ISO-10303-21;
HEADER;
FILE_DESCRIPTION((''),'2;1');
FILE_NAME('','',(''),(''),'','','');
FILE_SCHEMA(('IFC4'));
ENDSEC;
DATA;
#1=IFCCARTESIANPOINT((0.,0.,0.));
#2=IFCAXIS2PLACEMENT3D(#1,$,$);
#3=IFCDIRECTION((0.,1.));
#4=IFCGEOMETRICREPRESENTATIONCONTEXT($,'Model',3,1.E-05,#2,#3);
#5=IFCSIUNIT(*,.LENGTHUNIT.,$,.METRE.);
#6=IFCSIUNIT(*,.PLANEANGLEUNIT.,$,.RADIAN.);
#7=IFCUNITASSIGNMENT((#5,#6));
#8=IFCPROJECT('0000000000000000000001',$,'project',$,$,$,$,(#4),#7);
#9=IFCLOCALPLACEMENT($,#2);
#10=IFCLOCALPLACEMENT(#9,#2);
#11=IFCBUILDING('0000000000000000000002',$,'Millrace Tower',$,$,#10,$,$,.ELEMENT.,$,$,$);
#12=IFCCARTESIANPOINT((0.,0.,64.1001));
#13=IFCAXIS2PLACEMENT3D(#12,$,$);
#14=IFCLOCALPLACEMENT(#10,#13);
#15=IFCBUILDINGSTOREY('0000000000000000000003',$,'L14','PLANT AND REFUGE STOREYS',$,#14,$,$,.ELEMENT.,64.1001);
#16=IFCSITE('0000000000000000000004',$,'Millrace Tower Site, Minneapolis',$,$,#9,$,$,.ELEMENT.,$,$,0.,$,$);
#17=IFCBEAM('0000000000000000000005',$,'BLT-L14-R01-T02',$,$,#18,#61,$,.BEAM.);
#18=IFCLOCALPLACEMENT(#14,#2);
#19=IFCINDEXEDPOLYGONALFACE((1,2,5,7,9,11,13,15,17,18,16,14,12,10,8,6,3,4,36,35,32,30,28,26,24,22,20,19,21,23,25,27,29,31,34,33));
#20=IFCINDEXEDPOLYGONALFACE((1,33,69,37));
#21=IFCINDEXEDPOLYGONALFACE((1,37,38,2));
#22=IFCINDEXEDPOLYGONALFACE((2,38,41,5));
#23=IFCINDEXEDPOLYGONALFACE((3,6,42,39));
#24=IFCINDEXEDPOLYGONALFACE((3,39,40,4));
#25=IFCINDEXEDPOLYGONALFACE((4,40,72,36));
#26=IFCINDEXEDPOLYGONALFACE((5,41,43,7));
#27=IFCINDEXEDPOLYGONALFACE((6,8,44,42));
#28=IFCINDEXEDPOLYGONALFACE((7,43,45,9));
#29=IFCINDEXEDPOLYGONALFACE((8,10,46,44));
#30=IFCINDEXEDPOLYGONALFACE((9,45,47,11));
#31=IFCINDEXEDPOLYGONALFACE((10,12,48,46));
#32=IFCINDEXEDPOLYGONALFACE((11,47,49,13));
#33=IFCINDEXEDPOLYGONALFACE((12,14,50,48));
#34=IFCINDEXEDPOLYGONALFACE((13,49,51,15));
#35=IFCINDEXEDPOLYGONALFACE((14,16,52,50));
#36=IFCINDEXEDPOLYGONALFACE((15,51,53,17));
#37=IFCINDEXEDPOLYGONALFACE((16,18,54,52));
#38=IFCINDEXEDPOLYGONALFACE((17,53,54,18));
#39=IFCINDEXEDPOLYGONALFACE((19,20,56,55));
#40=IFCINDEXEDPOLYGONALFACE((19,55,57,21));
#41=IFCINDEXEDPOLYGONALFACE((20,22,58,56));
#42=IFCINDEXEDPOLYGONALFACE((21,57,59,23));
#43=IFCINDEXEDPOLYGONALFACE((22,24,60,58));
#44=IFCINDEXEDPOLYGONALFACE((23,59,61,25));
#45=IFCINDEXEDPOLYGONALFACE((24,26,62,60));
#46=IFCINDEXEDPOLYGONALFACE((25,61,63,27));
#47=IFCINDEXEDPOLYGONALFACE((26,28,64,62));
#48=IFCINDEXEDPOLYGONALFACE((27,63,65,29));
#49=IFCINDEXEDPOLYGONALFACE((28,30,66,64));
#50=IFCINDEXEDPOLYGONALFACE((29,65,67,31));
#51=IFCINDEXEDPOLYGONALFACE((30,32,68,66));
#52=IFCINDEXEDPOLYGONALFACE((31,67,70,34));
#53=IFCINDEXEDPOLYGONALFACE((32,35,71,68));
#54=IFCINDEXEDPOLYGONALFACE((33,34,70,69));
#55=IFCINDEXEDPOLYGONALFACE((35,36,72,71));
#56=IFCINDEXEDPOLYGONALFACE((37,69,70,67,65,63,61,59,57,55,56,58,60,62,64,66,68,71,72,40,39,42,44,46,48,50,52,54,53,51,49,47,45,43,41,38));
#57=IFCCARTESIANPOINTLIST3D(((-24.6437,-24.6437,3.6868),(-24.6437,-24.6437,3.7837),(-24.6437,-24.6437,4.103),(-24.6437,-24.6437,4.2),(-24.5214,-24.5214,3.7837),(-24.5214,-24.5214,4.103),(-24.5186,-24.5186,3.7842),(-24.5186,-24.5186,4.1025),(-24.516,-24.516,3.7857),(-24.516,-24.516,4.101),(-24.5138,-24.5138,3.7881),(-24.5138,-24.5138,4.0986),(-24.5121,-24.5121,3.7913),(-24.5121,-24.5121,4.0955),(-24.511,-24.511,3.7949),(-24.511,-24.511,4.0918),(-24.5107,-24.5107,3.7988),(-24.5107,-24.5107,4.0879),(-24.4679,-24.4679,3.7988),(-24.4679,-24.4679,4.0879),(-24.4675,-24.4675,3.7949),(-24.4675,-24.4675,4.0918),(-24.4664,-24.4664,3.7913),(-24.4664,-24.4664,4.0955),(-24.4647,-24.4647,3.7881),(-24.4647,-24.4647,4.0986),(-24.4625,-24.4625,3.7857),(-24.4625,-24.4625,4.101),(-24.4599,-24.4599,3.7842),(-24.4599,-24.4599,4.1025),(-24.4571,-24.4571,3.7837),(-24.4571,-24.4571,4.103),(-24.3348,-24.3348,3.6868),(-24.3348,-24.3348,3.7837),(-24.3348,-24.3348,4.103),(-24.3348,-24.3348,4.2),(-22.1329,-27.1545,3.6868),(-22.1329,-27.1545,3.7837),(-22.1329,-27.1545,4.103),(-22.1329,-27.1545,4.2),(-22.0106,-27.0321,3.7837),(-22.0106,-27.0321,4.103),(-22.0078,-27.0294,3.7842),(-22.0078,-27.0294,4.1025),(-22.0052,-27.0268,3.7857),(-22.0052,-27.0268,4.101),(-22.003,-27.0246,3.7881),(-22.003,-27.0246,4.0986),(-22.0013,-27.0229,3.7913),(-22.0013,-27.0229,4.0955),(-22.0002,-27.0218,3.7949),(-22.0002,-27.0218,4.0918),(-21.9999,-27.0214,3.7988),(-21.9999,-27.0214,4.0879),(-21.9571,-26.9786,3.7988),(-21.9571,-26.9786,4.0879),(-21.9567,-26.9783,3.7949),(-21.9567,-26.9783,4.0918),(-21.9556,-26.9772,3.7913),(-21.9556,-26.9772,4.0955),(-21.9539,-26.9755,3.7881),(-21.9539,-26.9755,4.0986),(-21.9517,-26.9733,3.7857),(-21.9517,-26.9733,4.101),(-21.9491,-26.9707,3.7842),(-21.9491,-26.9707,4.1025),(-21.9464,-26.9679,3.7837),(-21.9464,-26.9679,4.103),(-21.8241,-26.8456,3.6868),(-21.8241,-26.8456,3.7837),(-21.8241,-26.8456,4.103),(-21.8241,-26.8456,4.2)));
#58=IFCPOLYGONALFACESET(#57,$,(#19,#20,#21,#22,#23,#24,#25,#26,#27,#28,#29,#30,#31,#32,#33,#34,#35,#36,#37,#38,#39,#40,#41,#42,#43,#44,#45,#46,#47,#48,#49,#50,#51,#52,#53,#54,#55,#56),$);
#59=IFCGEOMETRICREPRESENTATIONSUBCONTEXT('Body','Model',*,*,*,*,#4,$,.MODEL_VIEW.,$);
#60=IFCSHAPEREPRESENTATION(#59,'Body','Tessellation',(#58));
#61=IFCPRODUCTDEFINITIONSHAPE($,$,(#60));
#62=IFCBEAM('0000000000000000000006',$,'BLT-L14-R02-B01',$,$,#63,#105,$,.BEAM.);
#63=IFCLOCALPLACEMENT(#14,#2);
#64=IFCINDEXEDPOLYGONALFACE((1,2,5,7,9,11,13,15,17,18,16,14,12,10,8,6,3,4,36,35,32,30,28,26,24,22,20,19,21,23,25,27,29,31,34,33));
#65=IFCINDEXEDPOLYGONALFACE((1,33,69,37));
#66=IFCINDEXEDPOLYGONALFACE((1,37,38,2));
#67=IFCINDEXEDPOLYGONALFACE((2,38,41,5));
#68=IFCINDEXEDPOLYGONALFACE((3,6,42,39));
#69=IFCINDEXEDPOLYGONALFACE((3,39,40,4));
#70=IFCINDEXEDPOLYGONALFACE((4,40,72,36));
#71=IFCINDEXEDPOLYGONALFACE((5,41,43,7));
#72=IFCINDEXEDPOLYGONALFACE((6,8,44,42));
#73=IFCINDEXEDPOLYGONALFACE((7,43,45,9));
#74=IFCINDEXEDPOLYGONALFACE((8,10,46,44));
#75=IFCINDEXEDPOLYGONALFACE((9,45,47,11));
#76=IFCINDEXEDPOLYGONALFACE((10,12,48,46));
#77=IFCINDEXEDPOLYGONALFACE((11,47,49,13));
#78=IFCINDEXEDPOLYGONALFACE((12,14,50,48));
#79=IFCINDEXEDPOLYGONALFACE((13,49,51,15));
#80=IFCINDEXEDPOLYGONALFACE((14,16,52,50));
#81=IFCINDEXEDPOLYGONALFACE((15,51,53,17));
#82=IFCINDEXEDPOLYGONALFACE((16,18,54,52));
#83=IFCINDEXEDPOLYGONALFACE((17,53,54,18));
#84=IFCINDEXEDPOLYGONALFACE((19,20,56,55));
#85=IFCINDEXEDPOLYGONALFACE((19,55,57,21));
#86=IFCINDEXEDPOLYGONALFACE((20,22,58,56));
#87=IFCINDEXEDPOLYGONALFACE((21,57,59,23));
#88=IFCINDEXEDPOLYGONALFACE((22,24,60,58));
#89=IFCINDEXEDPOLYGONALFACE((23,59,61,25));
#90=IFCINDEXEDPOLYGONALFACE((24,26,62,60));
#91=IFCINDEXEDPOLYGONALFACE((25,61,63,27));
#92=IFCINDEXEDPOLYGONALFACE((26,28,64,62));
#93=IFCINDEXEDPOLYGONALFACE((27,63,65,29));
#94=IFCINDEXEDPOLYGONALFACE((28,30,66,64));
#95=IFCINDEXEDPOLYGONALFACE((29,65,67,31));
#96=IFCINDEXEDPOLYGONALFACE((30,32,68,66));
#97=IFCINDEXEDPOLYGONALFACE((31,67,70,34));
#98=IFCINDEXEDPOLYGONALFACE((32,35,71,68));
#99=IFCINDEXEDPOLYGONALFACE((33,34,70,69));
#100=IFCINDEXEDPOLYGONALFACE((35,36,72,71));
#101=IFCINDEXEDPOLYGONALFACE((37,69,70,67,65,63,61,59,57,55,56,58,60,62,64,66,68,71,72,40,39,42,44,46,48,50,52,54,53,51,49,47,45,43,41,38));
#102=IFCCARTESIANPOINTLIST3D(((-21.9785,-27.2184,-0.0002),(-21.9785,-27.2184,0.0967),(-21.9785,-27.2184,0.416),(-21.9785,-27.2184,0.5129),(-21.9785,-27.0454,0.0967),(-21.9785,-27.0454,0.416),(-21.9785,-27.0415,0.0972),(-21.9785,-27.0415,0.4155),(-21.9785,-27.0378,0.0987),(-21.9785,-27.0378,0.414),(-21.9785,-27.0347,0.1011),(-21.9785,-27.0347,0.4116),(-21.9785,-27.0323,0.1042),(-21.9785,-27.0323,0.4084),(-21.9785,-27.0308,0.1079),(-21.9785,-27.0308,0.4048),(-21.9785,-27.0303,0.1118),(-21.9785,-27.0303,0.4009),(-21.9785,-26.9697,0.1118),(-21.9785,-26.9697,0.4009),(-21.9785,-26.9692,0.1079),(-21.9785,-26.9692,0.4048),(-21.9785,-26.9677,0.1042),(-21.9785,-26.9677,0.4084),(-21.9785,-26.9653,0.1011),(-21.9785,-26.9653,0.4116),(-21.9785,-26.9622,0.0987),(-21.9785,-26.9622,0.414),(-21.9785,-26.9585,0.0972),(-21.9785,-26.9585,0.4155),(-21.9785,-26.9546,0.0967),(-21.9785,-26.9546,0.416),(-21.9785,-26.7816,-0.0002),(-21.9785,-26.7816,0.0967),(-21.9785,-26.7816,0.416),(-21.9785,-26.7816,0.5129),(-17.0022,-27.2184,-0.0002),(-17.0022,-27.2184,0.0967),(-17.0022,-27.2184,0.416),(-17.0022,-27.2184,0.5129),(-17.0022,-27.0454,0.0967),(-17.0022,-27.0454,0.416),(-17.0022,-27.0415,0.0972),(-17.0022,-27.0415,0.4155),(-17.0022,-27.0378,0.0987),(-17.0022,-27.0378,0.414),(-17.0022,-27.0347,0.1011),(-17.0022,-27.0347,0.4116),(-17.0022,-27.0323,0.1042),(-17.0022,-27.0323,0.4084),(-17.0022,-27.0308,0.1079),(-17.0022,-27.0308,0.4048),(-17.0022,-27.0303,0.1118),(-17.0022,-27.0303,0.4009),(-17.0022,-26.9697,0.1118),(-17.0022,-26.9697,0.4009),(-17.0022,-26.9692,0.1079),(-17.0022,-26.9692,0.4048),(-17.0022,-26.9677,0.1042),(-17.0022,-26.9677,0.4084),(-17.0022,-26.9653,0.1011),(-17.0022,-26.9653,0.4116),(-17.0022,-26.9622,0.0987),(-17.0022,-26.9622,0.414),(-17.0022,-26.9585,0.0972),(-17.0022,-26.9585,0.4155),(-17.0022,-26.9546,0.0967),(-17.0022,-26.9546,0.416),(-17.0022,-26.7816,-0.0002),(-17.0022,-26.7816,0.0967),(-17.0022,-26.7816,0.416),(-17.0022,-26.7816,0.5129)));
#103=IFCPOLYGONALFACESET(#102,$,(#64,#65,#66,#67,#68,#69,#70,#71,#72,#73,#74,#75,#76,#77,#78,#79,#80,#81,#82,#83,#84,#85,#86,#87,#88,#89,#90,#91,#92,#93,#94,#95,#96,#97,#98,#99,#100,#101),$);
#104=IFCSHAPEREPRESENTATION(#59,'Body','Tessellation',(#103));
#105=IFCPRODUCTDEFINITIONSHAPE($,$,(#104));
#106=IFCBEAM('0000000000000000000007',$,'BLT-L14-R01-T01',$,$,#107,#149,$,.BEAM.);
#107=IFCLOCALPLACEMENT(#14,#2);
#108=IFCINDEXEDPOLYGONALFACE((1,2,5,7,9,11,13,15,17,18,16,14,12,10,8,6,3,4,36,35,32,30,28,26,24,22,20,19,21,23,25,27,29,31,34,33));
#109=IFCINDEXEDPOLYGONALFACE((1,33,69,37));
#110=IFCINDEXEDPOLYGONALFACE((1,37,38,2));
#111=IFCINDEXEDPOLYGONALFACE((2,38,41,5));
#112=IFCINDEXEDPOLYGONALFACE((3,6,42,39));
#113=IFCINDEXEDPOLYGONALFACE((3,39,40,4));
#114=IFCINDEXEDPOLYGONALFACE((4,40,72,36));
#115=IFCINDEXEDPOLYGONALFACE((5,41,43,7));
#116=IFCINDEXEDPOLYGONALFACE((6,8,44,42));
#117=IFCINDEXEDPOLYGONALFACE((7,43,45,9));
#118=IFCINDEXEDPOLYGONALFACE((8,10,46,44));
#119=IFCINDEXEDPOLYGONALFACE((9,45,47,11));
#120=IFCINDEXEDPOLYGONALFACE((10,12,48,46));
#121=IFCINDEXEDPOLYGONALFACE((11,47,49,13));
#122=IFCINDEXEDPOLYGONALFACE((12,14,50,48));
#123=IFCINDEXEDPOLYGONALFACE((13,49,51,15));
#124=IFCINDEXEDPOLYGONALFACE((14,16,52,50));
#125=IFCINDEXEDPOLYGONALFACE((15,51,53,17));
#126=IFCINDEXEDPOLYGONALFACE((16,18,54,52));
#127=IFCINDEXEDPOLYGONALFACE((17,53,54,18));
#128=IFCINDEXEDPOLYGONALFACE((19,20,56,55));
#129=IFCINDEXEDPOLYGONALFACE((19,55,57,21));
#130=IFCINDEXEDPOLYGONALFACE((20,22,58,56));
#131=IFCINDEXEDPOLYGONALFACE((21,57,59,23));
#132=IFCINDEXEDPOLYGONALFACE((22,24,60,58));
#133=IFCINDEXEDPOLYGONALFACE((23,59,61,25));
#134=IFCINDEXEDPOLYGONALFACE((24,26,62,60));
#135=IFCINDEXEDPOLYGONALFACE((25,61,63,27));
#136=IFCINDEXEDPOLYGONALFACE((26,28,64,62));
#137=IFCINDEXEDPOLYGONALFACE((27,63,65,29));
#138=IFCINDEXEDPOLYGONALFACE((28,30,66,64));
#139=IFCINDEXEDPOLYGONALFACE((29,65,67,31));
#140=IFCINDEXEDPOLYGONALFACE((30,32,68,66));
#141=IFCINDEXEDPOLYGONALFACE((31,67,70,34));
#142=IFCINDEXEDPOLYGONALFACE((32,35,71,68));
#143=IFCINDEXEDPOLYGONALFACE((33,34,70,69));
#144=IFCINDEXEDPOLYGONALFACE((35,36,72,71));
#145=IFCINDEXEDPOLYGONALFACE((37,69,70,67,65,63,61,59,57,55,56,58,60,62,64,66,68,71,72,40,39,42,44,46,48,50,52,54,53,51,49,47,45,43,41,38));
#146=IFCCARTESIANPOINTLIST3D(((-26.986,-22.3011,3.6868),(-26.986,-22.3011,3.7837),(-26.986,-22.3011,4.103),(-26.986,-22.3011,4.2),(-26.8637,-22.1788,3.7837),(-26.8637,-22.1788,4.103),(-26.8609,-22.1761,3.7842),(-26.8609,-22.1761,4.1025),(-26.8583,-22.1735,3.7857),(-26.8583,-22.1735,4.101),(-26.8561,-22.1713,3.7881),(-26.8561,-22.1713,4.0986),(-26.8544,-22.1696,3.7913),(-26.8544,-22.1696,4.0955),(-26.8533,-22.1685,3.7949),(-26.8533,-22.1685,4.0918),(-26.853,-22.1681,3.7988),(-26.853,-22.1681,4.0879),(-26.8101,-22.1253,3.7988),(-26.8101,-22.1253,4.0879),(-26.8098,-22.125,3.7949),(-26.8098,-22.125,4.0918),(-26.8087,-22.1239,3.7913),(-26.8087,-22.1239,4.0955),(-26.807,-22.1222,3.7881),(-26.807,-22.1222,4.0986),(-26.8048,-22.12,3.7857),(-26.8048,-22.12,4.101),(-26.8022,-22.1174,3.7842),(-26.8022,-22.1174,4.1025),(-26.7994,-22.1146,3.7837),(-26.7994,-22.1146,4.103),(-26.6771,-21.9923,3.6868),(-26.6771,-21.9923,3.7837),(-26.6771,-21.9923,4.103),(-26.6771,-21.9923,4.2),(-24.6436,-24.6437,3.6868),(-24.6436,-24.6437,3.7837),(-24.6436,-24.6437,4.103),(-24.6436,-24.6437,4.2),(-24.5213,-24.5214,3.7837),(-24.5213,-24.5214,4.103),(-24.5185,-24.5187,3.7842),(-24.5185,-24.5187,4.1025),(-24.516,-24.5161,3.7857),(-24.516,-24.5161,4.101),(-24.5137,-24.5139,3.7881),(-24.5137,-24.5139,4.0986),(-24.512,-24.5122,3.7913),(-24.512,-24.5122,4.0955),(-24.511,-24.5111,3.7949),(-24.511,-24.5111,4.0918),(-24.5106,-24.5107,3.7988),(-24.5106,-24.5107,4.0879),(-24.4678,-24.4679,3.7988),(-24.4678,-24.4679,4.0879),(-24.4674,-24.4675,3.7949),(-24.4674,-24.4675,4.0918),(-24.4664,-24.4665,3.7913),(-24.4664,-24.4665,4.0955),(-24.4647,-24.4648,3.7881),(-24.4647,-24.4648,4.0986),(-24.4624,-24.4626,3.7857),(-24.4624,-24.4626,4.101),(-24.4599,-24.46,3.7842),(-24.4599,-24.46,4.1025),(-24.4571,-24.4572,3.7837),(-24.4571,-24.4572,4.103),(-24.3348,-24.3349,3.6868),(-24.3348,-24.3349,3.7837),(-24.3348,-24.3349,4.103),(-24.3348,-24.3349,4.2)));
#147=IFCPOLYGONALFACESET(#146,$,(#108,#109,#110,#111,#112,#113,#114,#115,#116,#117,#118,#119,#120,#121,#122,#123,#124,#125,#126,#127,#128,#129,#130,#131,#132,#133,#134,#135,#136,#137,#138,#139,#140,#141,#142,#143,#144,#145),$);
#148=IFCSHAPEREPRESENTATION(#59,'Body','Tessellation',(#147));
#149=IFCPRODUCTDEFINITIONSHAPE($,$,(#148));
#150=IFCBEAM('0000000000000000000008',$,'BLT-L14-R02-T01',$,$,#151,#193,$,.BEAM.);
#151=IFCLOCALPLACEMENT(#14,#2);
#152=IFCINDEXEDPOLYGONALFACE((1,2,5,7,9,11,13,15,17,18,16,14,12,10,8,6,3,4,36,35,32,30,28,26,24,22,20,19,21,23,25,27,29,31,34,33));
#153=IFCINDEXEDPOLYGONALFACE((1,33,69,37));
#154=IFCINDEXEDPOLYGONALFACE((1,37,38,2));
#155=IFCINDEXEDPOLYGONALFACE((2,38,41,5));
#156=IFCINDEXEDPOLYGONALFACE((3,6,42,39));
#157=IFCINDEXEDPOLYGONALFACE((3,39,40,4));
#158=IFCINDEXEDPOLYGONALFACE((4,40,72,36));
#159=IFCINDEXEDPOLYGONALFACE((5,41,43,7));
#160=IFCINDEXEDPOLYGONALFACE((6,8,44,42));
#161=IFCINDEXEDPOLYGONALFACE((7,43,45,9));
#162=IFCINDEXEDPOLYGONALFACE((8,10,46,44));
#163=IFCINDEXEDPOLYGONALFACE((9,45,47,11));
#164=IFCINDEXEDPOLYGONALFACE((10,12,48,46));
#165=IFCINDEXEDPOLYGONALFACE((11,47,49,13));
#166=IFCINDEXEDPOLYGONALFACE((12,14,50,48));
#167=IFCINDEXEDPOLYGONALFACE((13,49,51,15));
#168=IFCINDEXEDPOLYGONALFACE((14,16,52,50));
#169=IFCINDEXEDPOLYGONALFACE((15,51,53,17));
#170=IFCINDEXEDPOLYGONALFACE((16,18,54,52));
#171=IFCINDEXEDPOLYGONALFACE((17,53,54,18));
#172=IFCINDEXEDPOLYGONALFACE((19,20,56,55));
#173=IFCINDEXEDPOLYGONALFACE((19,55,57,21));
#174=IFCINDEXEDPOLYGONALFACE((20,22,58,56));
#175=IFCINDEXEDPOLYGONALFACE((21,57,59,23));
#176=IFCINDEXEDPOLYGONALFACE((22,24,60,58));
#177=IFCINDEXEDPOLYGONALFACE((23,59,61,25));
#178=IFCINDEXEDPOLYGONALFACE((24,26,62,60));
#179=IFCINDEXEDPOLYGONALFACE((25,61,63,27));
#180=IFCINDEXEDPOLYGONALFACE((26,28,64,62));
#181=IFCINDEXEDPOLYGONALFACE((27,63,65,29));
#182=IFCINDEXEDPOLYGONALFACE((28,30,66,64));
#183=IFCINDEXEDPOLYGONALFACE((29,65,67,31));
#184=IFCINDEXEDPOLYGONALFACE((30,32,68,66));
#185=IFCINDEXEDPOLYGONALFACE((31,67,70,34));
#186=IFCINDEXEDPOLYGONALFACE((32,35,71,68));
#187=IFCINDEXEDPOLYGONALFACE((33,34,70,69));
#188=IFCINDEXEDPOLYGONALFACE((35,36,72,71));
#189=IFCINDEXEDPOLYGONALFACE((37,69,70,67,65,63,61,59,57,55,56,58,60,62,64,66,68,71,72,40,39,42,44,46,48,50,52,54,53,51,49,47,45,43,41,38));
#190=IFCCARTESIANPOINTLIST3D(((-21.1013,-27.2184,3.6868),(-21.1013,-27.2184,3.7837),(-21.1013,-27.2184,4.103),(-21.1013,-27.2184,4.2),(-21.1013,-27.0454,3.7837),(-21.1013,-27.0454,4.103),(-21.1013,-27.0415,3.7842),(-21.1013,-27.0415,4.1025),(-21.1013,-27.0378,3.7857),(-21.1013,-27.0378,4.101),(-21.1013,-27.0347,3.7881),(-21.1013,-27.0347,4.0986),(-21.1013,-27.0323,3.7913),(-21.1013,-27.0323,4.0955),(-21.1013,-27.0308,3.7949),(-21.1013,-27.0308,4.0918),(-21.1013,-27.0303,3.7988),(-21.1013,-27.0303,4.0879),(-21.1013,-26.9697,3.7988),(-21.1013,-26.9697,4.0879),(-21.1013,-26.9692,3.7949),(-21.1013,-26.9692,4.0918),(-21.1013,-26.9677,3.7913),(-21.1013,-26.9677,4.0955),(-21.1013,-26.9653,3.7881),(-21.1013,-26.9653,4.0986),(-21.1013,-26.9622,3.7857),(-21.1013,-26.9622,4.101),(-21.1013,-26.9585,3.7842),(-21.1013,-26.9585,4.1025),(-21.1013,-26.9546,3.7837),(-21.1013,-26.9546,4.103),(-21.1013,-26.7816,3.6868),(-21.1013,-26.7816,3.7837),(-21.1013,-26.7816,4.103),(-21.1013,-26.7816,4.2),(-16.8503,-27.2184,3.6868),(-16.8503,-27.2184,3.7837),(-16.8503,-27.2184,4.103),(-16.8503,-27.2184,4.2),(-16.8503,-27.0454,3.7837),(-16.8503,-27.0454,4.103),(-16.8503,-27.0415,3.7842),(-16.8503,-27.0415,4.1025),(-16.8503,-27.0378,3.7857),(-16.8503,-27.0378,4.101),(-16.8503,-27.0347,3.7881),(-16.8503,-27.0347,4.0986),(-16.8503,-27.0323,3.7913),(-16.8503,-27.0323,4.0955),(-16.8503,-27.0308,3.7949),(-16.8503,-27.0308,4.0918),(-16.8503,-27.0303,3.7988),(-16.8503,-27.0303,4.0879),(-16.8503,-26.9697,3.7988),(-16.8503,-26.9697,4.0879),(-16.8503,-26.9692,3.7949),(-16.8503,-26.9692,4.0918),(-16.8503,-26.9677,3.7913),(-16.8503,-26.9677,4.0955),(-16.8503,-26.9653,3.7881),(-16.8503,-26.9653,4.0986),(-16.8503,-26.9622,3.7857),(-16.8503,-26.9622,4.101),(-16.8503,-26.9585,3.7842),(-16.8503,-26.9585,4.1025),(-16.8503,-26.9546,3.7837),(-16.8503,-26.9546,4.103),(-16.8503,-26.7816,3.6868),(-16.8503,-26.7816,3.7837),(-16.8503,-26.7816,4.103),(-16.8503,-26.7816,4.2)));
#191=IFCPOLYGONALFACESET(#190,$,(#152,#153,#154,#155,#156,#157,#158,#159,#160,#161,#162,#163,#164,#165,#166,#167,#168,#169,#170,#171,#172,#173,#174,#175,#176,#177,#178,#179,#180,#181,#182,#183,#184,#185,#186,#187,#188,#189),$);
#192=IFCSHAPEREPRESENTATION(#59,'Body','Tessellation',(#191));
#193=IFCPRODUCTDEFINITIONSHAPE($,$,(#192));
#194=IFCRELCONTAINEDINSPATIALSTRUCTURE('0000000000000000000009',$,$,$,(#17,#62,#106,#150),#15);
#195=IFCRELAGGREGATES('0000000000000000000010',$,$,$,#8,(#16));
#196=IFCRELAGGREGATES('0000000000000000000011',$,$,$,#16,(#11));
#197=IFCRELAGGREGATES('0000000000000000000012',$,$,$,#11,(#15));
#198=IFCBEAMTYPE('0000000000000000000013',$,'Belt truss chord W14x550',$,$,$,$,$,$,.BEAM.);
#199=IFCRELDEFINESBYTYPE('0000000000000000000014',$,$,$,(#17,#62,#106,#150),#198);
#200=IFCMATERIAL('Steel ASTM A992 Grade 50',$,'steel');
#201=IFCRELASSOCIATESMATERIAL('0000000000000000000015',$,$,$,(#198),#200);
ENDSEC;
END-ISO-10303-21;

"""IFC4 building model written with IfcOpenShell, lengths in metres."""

from ifc_helpers import new_model, si_unit, direction, frame, origin, origin_2d, place, context, subcontext, project, spatial, i_section, extrude, material, material_profile, profile_set, type_object, element, save


model = new_model("IFC4")

# Units and contexts
model_context = context("Model", 3, precision=1e-05, world=origin(), true_north=direction((0.0, 1.0)))
body_context = subcontext(model_context, "Body", "Model", "MODEL_VIEW")
ifc_project = project(units=[si_unit("LENGTHUNIT", "METRE"), si_unit("PLANEANGLEUNIT", "RADIAN")], contexts=[model_context])

# Site, building, storey
site_placement = place(None, origin())
site = spatial("IfcSite", under=ifc_project, at=site_placement, Name="Millrace Tower Site, Minneapolis", CompositionType="ELEMENT", RefElevation=0.0)
building_placement = place(site_placement, origin())
building = spatial("IfcBuilding", under=site, at=building_placement, Name="Millrace Tower", CompositionType="ELEMENT")
storey_placement = place(building_placement, frame((0.0, 0.0, 64.1001)))
storey = spatial("IfcBuildingStorey", under=building, at=storey_placement, Name="L14", Description="PLANT AND REFUGE STOREYS", CompositionType="ELEMENT", Elevation=64.1001)

# Beams
ifc_material_1 = material(Name="Steel ASTM A992 Grade 50", Category="steel")
ifc_material_profile_1 = material_profile(ifc_material_1, i_section(OverallWidth=0.4368, OverallDepth=0.5132, WebThickness=0.0605, FlangeThickness=0.0969, FilletRadius=0.0151, at=origin_2d()))
ifc_profile_set_1 = profile_set([ifc_material_profile_1], Name="Steel ASTM A992 Grade 50")
beam_type_1 = type_object("IfcBeamType", Name="Belt truss chord W14x550", PredefinedType="BEAM", material=ifc_profile_set_1)
for number, where, z_axis, x_axis, name in (
    (1, (-24.4893, -24.4893, 3.9434), (0.707107, -0.707107, 0.0), (0.707107, 0.707107, 0.0), "BLT-L14-R01-T02"),
):
    element("IfcBeam", number, at=place(storey_placement, frame(where, z_axis=z_axis, x_axis=x_axis)), inside=storey, type_object=beam_type_1, Name=name, PredefinedType="BEAM", context=body_context, shape_type="SweptSolid", body=[
        extrude(i_section(OverallWidth=0.4368, OverallDepth=0.5132, WebThickness=0.0605, FlangeThickness=0.0969, FilletRadius=0.0151, at=origin_2d()), origin(), (0.0, 0.0, 1.0), 3.5508),
    ])
beam_1_placement = place(storey_placement, frame((-21.9785, -27.0, 0.2563), z_axis=(1.0, 0.0, 0.0), x_axis=(0.0, 1.0, 0.0)))
element("IfcBeam", 2, at=beam_1_placement, inside=storey, type_object=beam_type_1, Name="BLT-L14-R02-B01", PredefinedType="BEAM", context=body_context, shape_type="SweptSolid", body=[
    extrude(i_section(OverallWidth=0.4368, OverallDepth=0.5132, WebThickness=0.0605, FlangeThickness=0.0969, FilletRadius=0.0151, at=origin_2d()), origin(), (0.0, 0.0, 1.0), 4.9763),
])
beam_2_placement = place(storey_placement, frame((-26.8315, -22.1467, 3.9434), z_axis=(0.70707, -0.707144, 0.0), x_axis=(0.707144, 0.70707, 0.0)))
element("IfcBeam", 3, at=beam_2_placement, inside=storey, type_object=beam_type_1, Name="BLT-L14-R01-T01", PredefinedType="BEAM", context=body_context, shape_type="SweptSolid", body=[
    extrude(i_section(OverallWidth=0.4368, OverallDepth=0.5132, WebThickness=0.0605, FlangeThickness=0.0969, FilletRadius=0.0151, at=origin_2d()), origin(), (0.0, 0.0, 1.0), 3.3127),
])
beam_3_placement = place(storey_placement, frame((-21.1013, -27.0, 3.9434), z_axis=(1.0, 0.0, 0.0), x_axis=(0.0, 1.0, 0.0)))
element("IfcBeam", 4, at=beam_3_placement, inside=storey, type_object=beam_type_1, Name="BLT-L14-R02-T01", PredefinedType="BEAM", context=body_context, shape_type="SweptSolid", body=[
    extrude(i_section(OverallWidth=0.4368, OverallDepth=0.5132, WebThickness=0.0605, FlangeThickness=0.0969, FilletRadius=0.0151, at=origin_2d()), origin(), (0.0, 0.0, 1.0), 4.251),
])

save(model, "model.ifc")
